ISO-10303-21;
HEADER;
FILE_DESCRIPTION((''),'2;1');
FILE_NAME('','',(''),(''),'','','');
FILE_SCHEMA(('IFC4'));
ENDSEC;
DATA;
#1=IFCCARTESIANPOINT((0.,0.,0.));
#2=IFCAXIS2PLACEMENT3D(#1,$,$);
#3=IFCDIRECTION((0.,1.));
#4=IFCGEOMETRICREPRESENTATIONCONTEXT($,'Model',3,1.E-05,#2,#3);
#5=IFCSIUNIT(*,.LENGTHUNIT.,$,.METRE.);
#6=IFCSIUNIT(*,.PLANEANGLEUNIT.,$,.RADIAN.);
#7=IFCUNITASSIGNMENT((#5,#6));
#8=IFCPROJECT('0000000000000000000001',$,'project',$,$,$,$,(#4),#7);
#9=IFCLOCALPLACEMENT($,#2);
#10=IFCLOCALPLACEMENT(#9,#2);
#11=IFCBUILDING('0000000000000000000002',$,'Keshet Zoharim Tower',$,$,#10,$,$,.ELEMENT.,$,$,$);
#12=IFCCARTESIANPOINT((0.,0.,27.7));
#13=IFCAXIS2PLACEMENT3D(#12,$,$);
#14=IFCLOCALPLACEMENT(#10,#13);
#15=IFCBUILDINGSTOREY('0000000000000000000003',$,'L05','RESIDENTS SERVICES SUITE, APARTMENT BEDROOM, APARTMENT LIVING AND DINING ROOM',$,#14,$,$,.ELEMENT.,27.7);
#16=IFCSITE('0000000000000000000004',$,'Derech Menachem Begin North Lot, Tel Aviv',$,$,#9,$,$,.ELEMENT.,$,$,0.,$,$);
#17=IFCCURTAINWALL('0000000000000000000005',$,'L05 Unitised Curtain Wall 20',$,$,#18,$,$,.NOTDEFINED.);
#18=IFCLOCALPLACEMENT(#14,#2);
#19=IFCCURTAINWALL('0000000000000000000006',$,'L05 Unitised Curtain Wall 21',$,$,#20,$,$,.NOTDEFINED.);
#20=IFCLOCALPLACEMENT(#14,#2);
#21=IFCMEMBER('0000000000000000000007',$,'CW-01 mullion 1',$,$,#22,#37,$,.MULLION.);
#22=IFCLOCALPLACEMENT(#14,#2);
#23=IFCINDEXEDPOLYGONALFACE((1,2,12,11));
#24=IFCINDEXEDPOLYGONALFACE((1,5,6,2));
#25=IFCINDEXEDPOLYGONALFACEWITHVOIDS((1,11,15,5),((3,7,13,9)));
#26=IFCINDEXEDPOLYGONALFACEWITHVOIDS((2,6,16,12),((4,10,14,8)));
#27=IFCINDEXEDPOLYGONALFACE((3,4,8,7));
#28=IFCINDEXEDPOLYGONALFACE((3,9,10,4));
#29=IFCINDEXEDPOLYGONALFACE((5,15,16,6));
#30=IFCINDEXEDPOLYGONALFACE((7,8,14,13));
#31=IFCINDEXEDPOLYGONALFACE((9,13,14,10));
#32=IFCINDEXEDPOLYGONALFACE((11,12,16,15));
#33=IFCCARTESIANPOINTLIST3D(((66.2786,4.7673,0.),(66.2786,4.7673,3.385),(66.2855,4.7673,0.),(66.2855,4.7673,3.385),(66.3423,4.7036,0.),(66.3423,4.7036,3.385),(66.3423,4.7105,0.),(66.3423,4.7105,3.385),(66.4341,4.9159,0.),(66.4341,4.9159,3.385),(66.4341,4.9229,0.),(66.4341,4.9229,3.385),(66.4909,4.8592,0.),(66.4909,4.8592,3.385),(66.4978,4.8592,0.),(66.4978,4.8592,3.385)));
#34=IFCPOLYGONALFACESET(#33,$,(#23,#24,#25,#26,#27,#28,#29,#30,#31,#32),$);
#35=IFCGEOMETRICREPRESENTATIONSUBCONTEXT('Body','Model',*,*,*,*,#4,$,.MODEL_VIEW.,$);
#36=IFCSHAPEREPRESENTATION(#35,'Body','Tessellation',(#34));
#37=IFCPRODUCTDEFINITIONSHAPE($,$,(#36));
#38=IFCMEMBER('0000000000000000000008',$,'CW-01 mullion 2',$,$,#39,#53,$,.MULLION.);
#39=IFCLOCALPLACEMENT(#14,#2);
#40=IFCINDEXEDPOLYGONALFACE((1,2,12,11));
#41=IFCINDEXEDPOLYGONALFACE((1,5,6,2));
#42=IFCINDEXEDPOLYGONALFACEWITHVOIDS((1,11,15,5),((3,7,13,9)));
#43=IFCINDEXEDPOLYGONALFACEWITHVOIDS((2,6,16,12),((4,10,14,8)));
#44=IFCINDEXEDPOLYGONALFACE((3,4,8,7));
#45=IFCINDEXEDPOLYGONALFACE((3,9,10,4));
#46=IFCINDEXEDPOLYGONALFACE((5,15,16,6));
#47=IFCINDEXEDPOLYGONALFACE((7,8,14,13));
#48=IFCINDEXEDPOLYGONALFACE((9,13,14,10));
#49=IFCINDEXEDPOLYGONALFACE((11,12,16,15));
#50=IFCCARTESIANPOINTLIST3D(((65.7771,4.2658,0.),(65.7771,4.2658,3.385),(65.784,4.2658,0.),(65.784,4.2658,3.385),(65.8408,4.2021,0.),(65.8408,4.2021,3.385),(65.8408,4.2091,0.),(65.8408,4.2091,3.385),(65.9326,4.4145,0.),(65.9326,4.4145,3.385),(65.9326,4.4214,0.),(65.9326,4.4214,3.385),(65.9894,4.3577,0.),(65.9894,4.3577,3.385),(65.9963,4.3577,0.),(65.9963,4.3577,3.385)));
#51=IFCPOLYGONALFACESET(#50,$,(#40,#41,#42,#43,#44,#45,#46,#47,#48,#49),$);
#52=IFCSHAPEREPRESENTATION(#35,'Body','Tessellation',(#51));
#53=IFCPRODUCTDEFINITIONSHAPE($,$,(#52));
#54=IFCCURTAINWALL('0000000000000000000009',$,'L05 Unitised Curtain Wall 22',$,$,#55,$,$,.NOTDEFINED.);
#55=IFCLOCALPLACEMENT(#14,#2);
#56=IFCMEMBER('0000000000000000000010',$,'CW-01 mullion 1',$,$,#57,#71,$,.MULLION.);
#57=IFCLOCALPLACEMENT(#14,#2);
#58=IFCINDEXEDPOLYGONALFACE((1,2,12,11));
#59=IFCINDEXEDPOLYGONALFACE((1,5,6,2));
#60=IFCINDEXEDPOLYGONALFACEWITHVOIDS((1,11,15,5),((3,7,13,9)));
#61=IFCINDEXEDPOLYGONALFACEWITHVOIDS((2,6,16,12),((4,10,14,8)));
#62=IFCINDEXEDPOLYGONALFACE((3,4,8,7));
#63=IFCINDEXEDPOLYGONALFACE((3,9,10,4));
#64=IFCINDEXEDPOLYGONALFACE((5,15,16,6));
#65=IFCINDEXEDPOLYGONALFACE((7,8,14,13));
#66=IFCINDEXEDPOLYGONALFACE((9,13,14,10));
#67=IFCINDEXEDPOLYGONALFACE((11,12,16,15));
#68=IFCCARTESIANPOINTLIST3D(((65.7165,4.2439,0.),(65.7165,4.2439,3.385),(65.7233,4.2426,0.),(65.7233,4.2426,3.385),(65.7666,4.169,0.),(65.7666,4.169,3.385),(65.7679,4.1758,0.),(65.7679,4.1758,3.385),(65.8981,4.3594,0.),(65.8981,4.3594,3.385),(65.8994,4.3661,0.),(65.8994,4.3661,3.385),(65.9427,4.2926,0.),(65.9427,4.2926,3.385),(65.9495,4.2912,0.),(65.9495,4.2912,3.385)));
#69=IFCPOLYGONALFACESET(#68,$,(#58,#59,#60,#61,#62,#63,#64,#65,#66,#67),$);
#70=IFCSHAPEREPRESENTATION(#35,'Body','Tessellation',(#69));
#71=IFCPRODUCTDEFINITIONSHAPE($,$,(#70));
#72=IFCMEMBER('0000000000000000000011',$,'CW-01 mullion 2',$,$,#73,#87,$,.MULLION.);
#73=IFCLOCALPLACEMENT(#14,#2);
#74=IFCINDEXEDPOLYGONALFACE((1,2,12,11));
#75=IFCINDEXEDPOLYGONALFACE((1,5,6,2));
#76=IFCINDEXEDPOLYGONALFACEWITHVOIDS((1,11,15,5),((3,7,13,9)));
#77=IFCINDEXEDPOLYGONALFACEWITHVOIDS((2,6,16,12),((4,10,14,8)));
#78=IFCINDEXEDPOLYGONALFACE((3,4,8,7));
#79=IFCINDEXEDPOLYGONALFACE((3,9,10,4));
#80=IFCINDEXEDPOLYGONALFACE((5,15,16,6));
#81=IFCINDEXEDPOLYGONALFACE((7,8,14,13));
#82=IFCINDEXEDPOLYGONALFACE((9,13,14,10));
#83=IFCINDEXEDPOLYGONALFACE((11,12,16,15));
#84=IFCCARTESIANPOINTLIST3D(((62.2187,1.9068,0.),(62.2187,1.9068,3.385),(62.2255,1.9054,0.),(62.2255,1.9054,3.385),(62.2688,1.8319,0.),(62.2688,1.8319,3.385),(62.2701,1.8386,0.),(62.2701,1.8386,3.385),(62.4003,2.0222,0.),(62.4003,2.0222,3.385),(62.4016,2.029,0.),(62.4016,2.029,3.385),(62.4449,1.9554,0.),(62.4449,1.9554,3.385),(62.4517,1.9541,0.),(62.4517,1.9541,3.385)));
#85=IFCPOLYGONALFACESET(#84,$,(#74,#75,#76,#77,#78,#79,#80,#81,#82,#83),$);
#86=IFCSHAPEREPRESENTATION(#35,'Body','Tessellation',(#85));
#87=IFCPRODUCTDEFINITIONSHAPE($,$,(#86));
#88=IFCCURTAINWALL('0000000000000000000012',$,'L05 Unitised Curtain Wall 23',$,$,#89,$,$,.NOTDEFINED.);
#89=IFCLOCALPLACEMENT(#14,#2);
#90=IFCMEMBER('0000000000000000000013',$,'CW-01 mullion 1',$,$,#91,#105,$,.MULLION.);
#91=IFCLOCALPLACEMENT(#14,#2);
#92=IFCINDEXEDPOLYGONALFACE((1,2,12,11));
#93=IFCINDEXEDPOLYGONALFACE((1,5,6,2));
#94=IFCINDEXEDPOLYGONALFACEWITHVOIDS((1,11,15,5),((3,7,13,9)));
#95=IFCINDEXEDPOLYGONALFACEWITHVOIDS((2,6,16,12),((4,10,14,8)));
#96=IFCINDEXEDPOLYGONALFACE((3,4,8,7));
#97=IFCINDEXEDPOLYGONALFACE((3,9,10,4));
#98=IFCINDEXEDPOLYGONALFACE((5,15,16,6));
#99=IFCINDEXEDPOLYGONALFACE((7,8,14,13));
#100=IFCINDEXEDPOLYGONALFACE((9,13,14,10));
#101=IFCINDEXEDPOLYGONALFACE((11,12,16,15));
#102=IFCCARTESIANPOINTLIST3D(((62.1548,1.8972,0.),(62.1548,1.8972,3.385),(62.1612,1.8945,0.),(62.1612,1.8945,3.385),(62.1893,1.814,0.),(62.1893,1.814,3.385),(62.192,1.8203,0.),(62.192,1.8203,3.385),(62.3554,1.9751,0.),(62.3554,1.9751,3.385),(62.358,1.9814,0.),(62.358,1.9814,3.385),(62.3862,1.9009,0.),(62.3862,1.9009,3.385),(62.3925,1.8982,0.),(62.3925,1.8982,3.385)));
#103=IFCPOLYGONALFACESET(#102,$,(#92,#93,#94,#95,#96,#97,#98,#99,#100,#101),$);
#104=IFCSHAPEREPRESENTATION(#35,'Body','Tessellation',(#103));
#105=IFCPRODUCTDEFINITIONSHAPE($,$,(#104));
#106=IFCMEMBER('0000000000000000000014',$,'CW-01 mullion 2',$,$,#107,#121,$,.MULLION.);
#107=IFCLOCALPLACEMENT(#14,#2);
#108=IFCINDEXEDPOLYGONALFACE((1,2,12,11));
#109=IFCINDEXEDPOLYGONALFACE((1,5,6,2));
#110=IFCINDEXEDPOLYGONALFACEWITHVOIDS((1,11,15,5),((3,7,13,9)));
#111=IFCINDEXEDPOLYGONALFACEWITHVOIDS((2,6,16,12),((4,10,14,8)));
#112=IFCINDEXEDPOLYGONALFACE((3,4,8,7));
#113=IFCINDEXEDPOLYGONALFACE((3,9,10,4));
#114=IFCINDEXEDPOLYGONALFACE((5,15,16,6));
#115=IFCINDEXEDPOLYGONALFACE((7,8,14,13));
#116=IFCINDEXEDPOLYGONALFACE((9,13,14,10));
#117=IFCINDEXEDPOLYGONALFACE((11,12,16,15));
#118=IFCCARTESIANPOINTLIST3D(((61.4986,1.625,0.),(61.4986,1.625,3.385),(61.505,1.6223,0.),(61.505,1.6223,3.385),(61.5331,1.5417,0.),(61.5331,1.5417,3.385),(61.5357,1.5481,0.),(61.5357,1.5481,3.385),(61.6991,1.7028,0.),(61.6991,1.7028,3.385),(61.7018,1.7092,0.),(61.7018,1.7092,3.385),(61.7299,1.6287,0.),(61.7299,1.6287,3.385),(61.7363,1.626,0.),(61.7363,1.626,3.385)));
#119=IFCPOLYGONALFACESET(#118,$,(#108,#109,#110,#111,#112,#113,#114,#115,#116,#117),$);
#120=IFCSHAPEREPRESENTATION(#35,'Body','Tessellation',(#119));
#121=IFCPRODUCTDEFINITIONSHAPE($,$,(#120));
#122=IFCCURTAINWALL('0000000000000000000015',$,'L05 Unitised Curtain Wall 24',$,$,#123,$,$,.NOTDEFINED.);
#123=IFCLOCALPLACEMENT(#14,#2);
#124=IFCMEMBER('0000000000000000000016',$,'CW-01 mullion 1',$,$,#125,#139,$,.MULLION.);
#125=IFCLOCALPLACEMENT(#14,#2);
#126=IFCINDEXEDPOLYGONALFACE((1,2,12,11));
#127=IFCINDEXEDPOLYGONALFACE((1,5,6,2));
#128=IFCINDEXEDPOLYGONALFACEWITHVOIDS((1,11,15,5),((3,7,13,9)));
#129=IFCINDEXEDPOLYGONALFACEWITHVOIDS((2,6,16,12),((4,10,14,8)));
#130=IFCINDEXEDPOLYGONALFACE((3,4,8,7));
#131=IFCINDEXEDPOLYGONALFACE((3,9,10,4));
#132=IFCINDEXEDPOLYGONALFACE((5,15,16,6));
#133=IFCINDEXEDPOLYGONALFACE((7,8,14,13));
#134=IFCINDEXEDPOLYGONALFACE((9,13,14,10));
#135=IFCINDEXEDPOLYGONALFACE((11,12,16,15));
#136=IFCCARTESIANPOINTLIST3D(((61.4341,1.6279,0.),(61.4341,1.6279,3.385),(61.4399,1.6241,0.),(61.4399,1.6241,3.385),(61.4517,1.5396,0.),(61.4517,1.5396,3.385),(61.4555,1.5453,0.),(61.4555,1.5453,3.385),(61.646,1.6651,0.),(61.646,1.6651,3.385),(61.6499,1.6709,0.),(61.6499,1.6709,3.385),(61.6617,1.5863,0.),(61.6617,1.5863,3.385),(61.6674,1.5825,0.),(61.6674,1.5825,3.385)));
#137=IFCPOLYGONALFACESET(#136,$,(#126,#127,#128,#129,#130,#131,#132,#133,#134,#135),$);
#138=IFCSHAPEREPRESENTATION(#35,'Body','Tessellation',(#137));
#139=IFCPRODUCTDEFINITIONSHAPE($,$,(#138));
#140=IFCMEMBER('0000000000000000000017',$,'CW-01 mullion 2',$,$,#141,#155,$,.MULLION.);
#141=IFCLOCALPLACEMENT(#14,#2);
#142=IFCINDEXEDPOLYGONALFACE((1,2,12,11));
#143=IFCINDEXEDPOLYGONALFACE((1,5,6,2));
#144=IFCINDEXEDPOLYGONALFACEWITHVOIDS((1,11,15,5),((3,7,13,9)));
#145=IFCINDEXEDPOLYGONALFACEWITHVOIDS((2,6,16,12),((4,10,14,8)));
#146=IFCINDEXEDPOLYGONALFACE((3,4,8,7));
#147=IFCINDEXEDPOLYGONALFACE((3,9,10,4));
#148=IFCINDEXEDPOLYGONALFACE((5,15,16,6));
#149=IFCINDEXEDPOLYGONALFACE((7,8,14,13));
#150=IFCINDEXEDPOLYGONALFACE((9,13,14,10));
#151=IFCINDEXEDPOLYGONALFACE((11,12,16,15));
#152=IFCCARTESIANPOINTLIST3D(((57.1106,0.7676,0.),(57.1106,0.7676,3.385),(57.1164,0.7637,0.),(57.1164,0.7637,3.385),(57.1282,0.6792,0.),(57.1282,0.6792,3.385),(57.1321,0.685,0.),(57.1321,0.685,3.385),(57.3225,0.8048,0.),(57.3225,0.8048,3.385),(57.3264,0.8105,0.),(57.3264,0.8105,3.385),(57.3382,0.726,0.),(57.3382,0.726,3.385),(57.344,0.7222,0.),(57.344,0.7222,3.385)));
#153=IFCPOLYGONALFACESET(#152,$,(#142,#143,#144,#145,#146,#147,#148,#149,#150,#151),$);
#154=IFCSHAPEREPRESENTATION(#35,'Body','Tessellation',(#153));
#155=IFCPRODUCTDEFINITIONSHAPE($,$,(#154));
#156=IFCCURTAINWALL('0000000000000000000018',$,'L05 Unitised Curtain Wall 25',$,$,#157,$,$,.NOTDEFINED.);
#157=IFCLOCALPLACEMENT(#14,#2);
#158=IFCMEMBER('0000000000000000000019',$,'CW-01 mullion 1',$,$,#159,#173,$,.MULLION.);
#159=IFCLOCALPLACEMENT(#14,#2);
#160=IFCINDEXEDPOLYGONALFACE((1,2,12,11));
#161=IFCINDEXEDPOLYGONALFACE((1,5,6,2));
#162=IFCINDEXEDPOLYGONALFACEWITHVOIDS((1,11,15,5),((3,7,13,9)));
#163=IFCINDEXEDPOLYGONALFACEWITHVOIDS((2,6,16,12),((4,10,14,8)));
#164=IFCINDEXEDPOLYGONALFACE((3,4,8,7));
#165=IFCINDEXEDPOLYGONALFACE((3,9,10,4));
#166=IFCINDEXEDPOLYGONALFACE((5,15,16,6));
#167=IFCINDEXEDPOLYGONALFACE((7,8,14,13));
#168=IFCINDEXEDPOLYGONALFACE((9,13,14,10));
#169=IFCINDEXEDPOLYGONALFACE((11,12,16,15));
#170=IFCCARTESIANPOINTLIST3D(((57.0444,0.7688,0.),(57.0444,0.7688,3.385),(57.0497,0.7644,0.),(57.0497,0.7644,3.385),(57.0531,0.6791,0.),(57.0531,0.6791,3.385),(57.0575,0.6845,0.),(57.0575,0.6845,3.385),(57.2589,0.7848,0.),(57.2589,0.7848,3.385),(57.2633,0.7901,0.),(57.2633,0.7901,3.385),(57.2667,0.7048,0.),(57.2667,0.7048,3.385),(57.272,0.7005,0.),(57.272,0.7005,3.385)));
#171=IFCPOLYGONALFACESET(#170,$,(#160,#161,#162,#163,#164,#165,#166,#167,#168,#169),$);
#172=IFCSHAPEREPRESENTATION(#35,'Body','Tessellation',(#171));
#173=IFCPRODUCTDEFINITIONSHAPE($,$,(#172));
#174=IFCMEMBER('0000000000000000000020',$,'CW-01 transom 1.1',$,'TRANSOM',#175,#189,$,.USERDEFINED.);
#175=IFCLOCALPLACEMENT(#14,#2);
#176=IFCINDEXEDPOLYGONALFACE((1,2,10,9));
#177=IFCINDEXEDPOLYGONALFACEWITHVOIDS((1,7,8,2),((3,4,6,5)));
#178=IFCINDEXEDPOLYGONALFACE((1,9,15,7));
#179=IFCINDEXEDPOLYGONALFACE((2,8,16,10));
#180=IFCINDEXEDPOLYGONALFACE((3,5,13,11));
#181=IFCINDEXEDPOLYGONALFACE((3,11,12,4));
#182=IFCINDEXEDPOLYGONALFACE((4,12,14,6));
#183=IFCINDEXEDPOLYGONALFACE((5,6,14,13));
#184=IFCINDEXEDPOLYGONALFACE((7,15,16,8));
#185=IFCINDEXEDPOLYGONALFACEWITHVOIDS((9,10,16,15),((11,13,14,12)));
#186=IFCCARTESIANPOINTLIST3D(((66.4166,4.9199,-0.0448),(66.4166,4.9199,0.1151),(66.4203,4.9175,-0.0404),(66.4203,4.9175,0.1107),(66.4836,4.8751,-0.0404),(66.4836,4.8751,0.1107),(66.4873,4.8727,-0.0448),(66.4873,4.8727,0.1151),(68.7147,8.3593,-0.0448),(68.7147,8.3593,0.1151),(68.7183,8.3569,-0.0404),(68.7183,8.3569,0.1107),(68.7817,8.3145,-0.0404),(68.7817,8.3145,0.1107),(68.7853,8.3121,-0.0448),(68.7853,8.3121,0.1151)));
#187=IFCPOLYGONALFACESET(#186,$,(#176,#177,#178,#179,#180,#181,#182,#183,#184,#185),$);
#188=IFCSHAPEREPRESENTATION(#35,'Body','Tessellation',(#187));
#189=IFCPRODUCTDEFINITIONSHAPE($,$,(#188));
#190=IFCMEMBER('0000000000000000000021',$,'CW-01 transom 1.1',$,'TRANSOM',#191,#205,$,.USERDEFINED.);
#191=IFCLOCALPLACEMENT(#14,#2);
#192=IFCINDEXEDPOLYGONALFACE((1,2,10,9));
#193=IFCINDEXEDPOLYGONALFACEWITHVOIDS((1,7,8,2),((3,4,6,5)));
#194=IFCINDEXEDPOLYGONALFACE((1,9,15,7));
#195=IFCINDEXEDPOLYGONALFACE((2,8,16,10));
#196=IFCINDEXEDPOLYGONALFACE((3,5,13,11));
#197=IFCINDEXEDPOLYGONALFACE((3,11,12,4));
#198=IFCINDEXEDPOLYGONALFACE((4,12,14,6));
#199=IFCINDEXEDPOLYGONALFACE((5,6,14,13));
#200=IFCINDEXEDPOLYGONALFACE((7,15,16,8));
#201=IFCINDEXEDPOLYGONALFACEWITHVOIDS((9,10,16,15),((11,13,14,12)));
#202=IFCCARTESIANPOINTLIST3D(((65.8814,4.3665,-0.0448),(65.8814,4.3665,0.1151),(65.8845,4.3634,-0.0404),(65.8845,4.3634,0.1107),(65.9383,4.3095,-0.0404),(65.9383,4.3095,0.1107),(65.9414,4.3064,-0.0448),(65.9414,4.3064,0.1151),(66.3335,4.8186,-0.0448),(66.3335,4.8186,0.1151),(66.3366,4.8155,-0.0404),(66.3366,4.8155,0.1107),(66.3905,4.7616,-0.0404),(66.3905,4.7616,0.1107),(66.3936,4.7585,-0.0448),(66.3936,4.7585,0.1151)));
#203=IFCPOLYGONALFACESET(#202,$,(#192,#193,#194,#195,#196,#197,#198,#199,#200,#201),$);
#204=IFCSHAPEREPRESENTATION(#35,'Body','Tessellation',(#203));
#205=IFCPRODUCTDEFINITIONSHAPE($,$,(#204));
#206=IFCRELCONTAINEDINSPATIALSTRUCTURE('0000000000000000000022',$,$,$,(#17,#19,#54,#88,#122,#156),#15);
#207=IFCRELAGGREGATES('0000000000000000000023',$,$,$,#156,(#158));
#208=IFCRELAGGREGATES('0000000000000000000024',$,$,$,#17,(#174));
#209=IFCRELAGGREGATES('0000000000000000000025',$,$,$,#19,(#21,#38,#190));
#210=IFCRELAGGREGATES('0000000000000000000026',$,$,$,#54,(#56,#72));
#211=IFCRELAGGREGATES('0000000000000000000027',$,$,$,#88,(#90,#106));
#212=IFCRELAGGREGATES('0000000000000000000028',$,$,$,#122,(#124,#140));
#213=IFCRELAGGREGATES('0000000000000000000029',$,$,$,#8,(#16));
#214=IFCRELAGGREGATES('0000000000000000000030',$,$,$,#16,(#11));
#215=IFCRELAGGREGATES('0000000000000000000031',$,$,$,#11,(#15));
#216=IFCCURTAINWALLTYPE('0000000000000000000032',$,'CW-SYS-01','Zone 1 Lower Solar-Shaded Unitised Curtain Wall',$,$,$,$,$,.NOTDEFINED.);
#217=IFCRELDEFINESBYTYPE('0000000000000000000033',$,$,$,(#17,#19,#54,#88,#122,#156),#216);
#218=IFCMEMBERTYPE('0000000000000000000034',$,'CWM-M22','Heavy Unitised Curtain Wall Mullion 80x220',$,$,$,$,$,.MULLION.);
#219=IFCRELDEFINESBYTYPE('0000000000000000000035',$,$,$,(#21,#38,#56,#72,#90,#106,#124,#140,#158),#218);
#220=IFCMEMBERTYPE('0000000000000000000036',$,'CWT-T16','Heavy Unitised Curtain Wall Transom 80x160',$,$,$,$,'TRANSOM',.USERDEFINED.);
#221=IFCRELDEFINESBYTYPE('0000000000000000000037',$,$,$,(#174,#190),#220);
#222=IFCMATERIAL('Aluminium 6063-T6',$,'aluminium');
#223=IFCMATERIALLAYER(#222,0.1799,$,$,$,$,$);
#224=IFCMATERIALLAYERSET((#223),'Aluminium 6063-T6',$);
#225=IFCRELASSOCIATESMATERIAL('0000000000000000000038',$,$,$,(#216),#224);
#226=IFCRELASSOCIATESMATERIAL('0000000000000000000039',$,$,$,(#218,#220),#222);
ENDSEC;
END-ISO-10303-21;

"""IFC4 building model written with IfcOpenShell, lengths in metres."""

from ifc_helpers import new_model, si_unit, direction, frame, origin, origin_2d, place, context, subcontext, project, spatial, hollow_rectangle, extrude, material, layer, layer_set, material_profile, profile_set, type_object, element, aggregate, save


model = new_model("IFC4")

# Units and contexts
model_context = context("Model", 3, precision=1e-05, world=origin(), true_north=direction((0.0, 1.0)))
body_context = subcontext(model_context, "Body", "Model", "MODEL_VIEW")
ifc_project = project(units=[si_unit("LENGTHUNIT", "METRE"), si_unit("PLANEANGLEUNIT", "RADIAN")], contexts=[model_context])

# Site, building, storey
site_placement = place(None, origin())
site = spatial("IfcSite", under=ifc_project, at=site_placement, Name="Derech Menachem Begin North Lot, Tel Aviv", CompositionType="ELEMENT", RefElevation=0.0)
building_placement = place(site_placement, origin())
building = spatial("IfcBuilding", under=site, at=building_placement, Name="Keshet Zoharim Tower", CompositionType="ELEMENT")
storey_placement = place(building_placement, frame((0.0, 0.0, 27.7)))
storey = spatial("IfcBuildingStorey", under=building, at=storey_placement, Name="L05", Description="RESIDENTS SERVICES SUITE, APARTMENT BEDROOM, APARTMENT LIVING AND DINING ROOM", CompositionType="ELEMENT", Elevation=27.7)

# Curtain wall
ifc_material_1 = material(Name="Aluminium 6063-T6", Category="aluminium")
ifc_layer_1 = layer(ifc_material_1, 0.1799)
ifc_layer_set_1 = layer_set([ifc_layer_1], Name="Aluminium 6063-T6")
curtain_wall_type = type_object("IfcCurtainWallType", Name="CW-SYS-01", Description="Zone 1 Lower Solar-Shaded Unitised Curtain Wall", PredefinedType="NOTDEFINED", material=ifc_layer_set_1)
curtain_wall_1_placement = place(storey_placement, origin())
curtain_wall_1 = element("IfcCurtainWall", 1, at=curtain_wall_1_placement, inside=storey, type_object=curtain_wall_type, Name="L05 Unitised Curtain Wall 20", PredefinedType="NOTDEFINED")
ifc_material_profile_1 = material_profile(ifc_material_1, hollow_rectangle(XDim=0.0901, YDim=0.22, WallThickness=0.0049, at=origin_2d()), Name="MUL-90x220")
ifc_profile_set_1 = profile_set([ifc_material_profile_1], Name="Aluminium 6063-T6")
member_type_1 = type_object("IfcMemberType", Name="CWM-M22", Description="Heavy Unitised Curtain Wall Mullion 80x220", PredefinedType="MULLION", material=ifc_profile_set_1)

# Curtain walls, members
curtain_wall_2_placement = place(storey_placement, origin())
curtain_wall_2 = element("IfcCurtainWall", 2, at=curtain_wall_2_placement, inside=storey, type_object=curtain_wall_type, Name="L05 Unitised Curtain Wall 21", PredefinedType="NOTDEFINED")
member_1_placement = place(storey_placement, frame((66.3882, 4.8132, 0.0), z_axis=(0.0, 0.0, 1.0), x_axis=(0.707107, -0.707107, 0.0)))
member_1 = element("IfcMember", 3, at=member_1_placement, type_object=member_type_1, Name="CW-01 mullion 1", PredefinedType="MULLION", context=body_context, shape_type="SweptSolid", body=[
    extrude(hollow_rectangle(XDim=0.0901, YDim=0.22, WallThickness=0.0049, at=origin_2d()), origin(), (0.0, 0.0, 1.0), 3.385),
])
member_2_placement = place(storey_placement, frame((65.8867, 4.3118, 0.0), z_axis=(0.0, 0.0, 1.0), x_axis=(0.707107, -0.707107, 0.0)))
member_2 = element("IfcMember", 4, at=member_2_placement, type_object=member_type_1, Name="CW-01 mullion 2", PredefinedType="MULLION", context=body_context, shape_type="SweptSolid", body=[
    extrude(hollow_rectangle(XDim=0.0901, YDim=0.22, WallThickness=0.0049, at=origin_2d()), origin(), (0.0, 0.0, 1.0), 3.385),
])
curtain_wall_3_placement = place(storey_placement, origin())
curtain_wall_3 = element("IfcCurtainWall", 5, at=curtain_wall_3_placement, inside=storey, type_object=curtain_wall_type, Name="L05 Unitised Curtain Wall 22", PredefinedType="NOTDEFINED")
member_3_placement = place(storey_placement, frame((65.833, 4.2676, 0.0), z_axis=(0.0, 0.0, 1.0), x_axis=(0.555563, -0.831474, 0.0)))
member_3 = element("IfcMember", 6, at=member_3_placement, type_object=member_type_1, Name="CW-01 mullion 1", PredefinedType="MULLION", context=body_context, shape_type="SweptSolid", body=[
    extrude(hollow_rectangle(XDim=0.0901, YDim=0.22, WallThickness=0.0049, at=origin_2d()), origin(), (0.0, 0.0, 1.0), 3.385),
])
member_4_placement = place(storey_placement, frame((62.3352, 1.9304, 0.0), z_axis=(0.0, 0.0, 1.0), x_axis=(0.555563, -0.831474, 0.0)))
member_4 = element("IfcMember", 7, at=member_4_placement, type_object=member_type_1, Name="CW-01 mullion 2", PredefinedType="MULLION", context=body_context, shape_type="SweptSolid", body=[
    extrude(hollow_rectangle(XDim=0.0901, YDim=0.22, WallThickness=0.0049, at=origin_2d()), origin(), (0.0, 0.0, 1.0), 3.385),
])
curtain_wall_4_placement = place(storey_placement, origin())
curtain_wall_4 = element("IfcCurtainWall", 8, at=curtain_wall_4_placement, inside=storey, type_object=curtain_wall_type, Name="L05 Unitised Curtain Wall 23", PredefinedType="NOTDEFINED")
member_5_placement = place(storey_placement, frame((62.2737, 1.8977, 0.0), z_axis=(0.0, 0.0, 1.0), x_axis=(0.383068, -0.92372, 0.0)))
member_5 = element("IfcMember", 9, at=member_5_placement, type_object=member_type_1, Name="CW-01 mullion 1", PredefinedType="MULLION", context=body_context, shape_type="SweptSolid", body=[
    extrude(hollow_rectangle(XDim=0.0901, YDim=0.22, WallThickness=0.0049, at=origin_2d()), origin(), (0.0, 0.0, 1.0), 3.385),
])
member_6_placement = place(storey_placement, frame((61.6174, 1.6255, 0.0), z_axis=(0.0, 0.0, 1.0), x_axis=(0.383068, -0.92372, 0.0)))
member_6 = element("IfcMember", 10, at=member_6_placement, type_object=member_type_1, Name="CW-01 mullion 2", PredefinedType="MULLION", context=body_context, shape_type="SweptSolid", body=[
    extrude(hollow_rectangle(XDim=0.0901, YDim=0.22, WallThickness=0.0049, at=origin_2d()), origin(), (0.0, 0.0, 1.0), 3.385),
])
curtain_wall_5_placement = place(storey_placement, origin())
curtain_wall_5 = element("IfcCurtainWall", 11, at=curtain_wall_5_placement, inside=storey, type_object=curtain_wall_type, Name="L05 Unitised Curtain Wall 24", PredefinedType="NOTDEFINED")
member_7_placement = place(storey_placement, frame((61.5508, 1.6052, 0.0), z_axis=(0.0, 0.0, 1.0), x_axis=(0.195171, -0.980769, 0.0)))
member_7 = element("IfcMember", 12, at=member_7_placement, type_object=member_type_1, Name="CW-01 mullion 1", PredefinedType="MULLION", context=body_context, shape_type="SweptSolid", body=[
    extrude(hollow_rectangle(XDim=0.0901, YDim=0.22, WallThickness=0.0049, at=origin_2d()), origin(), (0.0, 0.0, 1.0), 3.385),
])
member_8_placement = place(storey_placement, frame((57.2273, 0.7449, 0.0), z_axis=(0.0, 0.0, 1.0), x_axis=(0.195171, -0.980769, 0.0)))
member_8 = element("IfcMember", 13, at=member_8_placement, type_object=member_type_1, Name="CW-01 mullion 2", PredefinedType="MULLION", context=body_context, shape_type="SweptSolid", body=[
    extrude(hollow_rectangle(XDim=0.0901, YDim=0.22, WallThickness=0.0049, at=origin_2d()), origin(), (0.0, 0.0, 1.0), 3.385),
])

# Curtain wall, member
curtain_wall_6_placement = place(storey_placement, origin())
curtain_wall_6 = element("IfcCurtainWall", 14, at=curtain_wall_6_placement, inside=storey, type_object=curtain_wall_type, Name="L05 Unitised Curtain Wall 25", PredefinedType="NOTDEFINED")
member_9_placement = place(storey_placement, frame((57.1582, 0.7346, 0.0), z_axis=(0.0, 0.0, 1.0), x_axis=(0.096977, -0.995287, 0.0)))
member_9 = element("IfcMember", 15, at=member_9_placement, type_object=member_type_1, Name="CW-01 mullion 1", PredefinedType="MULLION", context=body_context, shape_type="SweptSolid", body=[
    extrude(hollow_rectangle(XDim=0.0901, YDim=0.22, WallThickness=0.0049, at=origin_2d()), origin(), (0.0, 0.0, 1.0), 3.385),
])

# Members
ifc_material_profile_2 = material_profile(ifc_material_1, hollow_rectangle(XDim=0.085, YDim=0.1599, WallThickness=0.0044, at=origin_2d()), Name="TRN-85x160")
ifc_profile_set_2 = profile_set([ifc_material_profile_2], Name="Aluminium 6063-T6")
member_type_2 = type_object("IfcMemberType", Name="CWT-T16", Description="Heavy Unitised Curtain Wall Transom 80x160", ElementType="TRANSOM", PredefinedType="USERDEFINED", material=ifc_profile_set_2)
member_10_placement = place(storey_placement, frame((68.75, 8.3357, 0.0352), z_axis=(-0.555558, -0.831478, 0.0), x_axis=(0.831478, -0.555558, 0.0)))
member_10 = element("IfcMember", 16, at=member_10_placement, type_object=member_type_2, Name="CW-01 transom 1.1", ObjectType="TRANSOM", PredefinedType="USERDEFINED", context=body_context, shape_type="SweptSolid", body=[
    extrude(hollow_rectangle(XDim=0.085, YDim=0.1599, WallThickness=0.0044, at=origin_2d()), origin(), (0.0, 0.0, 1.0), 4.1365),
])
member_11_placement = place(storey_placement, frame((66.3635, 4.7886, 0.0352), z_axis=(-0.707107, -0.707107, 0.0), x_axis=(0.707107, -0.707107, 0.0)))
member_11 = element("IfcMember", 17, at=member_11_placement, type_object=member_type_2, Name="CW-01 transom 1.1", ObjectType="TRANSOM", PredefinedType="USERDEFINED", context=body_context, shape_type="SweptSolid", body=[
    extrude(hollow_rectangle(XDim=0.085, YDim=0.1599, WallThickness=0.0044, at=origin_2d()), origin(), (0.0, 0.0, 1.0), 0.6394),
])
aggregate(curtain_wall_6, [member_9])

aggregate(curtain_wall_1, [member_10])
aggregate(curtain_wall_2, [member_1, member_2, member_11])
aggregate(curtain_wall_3, [member_3, member_4])
aggregate(curtain_wall_4, [member_5, member_6])
aggregate(curtain_wall_5, [member_7, member_8])

save(model, "model.ifc")
